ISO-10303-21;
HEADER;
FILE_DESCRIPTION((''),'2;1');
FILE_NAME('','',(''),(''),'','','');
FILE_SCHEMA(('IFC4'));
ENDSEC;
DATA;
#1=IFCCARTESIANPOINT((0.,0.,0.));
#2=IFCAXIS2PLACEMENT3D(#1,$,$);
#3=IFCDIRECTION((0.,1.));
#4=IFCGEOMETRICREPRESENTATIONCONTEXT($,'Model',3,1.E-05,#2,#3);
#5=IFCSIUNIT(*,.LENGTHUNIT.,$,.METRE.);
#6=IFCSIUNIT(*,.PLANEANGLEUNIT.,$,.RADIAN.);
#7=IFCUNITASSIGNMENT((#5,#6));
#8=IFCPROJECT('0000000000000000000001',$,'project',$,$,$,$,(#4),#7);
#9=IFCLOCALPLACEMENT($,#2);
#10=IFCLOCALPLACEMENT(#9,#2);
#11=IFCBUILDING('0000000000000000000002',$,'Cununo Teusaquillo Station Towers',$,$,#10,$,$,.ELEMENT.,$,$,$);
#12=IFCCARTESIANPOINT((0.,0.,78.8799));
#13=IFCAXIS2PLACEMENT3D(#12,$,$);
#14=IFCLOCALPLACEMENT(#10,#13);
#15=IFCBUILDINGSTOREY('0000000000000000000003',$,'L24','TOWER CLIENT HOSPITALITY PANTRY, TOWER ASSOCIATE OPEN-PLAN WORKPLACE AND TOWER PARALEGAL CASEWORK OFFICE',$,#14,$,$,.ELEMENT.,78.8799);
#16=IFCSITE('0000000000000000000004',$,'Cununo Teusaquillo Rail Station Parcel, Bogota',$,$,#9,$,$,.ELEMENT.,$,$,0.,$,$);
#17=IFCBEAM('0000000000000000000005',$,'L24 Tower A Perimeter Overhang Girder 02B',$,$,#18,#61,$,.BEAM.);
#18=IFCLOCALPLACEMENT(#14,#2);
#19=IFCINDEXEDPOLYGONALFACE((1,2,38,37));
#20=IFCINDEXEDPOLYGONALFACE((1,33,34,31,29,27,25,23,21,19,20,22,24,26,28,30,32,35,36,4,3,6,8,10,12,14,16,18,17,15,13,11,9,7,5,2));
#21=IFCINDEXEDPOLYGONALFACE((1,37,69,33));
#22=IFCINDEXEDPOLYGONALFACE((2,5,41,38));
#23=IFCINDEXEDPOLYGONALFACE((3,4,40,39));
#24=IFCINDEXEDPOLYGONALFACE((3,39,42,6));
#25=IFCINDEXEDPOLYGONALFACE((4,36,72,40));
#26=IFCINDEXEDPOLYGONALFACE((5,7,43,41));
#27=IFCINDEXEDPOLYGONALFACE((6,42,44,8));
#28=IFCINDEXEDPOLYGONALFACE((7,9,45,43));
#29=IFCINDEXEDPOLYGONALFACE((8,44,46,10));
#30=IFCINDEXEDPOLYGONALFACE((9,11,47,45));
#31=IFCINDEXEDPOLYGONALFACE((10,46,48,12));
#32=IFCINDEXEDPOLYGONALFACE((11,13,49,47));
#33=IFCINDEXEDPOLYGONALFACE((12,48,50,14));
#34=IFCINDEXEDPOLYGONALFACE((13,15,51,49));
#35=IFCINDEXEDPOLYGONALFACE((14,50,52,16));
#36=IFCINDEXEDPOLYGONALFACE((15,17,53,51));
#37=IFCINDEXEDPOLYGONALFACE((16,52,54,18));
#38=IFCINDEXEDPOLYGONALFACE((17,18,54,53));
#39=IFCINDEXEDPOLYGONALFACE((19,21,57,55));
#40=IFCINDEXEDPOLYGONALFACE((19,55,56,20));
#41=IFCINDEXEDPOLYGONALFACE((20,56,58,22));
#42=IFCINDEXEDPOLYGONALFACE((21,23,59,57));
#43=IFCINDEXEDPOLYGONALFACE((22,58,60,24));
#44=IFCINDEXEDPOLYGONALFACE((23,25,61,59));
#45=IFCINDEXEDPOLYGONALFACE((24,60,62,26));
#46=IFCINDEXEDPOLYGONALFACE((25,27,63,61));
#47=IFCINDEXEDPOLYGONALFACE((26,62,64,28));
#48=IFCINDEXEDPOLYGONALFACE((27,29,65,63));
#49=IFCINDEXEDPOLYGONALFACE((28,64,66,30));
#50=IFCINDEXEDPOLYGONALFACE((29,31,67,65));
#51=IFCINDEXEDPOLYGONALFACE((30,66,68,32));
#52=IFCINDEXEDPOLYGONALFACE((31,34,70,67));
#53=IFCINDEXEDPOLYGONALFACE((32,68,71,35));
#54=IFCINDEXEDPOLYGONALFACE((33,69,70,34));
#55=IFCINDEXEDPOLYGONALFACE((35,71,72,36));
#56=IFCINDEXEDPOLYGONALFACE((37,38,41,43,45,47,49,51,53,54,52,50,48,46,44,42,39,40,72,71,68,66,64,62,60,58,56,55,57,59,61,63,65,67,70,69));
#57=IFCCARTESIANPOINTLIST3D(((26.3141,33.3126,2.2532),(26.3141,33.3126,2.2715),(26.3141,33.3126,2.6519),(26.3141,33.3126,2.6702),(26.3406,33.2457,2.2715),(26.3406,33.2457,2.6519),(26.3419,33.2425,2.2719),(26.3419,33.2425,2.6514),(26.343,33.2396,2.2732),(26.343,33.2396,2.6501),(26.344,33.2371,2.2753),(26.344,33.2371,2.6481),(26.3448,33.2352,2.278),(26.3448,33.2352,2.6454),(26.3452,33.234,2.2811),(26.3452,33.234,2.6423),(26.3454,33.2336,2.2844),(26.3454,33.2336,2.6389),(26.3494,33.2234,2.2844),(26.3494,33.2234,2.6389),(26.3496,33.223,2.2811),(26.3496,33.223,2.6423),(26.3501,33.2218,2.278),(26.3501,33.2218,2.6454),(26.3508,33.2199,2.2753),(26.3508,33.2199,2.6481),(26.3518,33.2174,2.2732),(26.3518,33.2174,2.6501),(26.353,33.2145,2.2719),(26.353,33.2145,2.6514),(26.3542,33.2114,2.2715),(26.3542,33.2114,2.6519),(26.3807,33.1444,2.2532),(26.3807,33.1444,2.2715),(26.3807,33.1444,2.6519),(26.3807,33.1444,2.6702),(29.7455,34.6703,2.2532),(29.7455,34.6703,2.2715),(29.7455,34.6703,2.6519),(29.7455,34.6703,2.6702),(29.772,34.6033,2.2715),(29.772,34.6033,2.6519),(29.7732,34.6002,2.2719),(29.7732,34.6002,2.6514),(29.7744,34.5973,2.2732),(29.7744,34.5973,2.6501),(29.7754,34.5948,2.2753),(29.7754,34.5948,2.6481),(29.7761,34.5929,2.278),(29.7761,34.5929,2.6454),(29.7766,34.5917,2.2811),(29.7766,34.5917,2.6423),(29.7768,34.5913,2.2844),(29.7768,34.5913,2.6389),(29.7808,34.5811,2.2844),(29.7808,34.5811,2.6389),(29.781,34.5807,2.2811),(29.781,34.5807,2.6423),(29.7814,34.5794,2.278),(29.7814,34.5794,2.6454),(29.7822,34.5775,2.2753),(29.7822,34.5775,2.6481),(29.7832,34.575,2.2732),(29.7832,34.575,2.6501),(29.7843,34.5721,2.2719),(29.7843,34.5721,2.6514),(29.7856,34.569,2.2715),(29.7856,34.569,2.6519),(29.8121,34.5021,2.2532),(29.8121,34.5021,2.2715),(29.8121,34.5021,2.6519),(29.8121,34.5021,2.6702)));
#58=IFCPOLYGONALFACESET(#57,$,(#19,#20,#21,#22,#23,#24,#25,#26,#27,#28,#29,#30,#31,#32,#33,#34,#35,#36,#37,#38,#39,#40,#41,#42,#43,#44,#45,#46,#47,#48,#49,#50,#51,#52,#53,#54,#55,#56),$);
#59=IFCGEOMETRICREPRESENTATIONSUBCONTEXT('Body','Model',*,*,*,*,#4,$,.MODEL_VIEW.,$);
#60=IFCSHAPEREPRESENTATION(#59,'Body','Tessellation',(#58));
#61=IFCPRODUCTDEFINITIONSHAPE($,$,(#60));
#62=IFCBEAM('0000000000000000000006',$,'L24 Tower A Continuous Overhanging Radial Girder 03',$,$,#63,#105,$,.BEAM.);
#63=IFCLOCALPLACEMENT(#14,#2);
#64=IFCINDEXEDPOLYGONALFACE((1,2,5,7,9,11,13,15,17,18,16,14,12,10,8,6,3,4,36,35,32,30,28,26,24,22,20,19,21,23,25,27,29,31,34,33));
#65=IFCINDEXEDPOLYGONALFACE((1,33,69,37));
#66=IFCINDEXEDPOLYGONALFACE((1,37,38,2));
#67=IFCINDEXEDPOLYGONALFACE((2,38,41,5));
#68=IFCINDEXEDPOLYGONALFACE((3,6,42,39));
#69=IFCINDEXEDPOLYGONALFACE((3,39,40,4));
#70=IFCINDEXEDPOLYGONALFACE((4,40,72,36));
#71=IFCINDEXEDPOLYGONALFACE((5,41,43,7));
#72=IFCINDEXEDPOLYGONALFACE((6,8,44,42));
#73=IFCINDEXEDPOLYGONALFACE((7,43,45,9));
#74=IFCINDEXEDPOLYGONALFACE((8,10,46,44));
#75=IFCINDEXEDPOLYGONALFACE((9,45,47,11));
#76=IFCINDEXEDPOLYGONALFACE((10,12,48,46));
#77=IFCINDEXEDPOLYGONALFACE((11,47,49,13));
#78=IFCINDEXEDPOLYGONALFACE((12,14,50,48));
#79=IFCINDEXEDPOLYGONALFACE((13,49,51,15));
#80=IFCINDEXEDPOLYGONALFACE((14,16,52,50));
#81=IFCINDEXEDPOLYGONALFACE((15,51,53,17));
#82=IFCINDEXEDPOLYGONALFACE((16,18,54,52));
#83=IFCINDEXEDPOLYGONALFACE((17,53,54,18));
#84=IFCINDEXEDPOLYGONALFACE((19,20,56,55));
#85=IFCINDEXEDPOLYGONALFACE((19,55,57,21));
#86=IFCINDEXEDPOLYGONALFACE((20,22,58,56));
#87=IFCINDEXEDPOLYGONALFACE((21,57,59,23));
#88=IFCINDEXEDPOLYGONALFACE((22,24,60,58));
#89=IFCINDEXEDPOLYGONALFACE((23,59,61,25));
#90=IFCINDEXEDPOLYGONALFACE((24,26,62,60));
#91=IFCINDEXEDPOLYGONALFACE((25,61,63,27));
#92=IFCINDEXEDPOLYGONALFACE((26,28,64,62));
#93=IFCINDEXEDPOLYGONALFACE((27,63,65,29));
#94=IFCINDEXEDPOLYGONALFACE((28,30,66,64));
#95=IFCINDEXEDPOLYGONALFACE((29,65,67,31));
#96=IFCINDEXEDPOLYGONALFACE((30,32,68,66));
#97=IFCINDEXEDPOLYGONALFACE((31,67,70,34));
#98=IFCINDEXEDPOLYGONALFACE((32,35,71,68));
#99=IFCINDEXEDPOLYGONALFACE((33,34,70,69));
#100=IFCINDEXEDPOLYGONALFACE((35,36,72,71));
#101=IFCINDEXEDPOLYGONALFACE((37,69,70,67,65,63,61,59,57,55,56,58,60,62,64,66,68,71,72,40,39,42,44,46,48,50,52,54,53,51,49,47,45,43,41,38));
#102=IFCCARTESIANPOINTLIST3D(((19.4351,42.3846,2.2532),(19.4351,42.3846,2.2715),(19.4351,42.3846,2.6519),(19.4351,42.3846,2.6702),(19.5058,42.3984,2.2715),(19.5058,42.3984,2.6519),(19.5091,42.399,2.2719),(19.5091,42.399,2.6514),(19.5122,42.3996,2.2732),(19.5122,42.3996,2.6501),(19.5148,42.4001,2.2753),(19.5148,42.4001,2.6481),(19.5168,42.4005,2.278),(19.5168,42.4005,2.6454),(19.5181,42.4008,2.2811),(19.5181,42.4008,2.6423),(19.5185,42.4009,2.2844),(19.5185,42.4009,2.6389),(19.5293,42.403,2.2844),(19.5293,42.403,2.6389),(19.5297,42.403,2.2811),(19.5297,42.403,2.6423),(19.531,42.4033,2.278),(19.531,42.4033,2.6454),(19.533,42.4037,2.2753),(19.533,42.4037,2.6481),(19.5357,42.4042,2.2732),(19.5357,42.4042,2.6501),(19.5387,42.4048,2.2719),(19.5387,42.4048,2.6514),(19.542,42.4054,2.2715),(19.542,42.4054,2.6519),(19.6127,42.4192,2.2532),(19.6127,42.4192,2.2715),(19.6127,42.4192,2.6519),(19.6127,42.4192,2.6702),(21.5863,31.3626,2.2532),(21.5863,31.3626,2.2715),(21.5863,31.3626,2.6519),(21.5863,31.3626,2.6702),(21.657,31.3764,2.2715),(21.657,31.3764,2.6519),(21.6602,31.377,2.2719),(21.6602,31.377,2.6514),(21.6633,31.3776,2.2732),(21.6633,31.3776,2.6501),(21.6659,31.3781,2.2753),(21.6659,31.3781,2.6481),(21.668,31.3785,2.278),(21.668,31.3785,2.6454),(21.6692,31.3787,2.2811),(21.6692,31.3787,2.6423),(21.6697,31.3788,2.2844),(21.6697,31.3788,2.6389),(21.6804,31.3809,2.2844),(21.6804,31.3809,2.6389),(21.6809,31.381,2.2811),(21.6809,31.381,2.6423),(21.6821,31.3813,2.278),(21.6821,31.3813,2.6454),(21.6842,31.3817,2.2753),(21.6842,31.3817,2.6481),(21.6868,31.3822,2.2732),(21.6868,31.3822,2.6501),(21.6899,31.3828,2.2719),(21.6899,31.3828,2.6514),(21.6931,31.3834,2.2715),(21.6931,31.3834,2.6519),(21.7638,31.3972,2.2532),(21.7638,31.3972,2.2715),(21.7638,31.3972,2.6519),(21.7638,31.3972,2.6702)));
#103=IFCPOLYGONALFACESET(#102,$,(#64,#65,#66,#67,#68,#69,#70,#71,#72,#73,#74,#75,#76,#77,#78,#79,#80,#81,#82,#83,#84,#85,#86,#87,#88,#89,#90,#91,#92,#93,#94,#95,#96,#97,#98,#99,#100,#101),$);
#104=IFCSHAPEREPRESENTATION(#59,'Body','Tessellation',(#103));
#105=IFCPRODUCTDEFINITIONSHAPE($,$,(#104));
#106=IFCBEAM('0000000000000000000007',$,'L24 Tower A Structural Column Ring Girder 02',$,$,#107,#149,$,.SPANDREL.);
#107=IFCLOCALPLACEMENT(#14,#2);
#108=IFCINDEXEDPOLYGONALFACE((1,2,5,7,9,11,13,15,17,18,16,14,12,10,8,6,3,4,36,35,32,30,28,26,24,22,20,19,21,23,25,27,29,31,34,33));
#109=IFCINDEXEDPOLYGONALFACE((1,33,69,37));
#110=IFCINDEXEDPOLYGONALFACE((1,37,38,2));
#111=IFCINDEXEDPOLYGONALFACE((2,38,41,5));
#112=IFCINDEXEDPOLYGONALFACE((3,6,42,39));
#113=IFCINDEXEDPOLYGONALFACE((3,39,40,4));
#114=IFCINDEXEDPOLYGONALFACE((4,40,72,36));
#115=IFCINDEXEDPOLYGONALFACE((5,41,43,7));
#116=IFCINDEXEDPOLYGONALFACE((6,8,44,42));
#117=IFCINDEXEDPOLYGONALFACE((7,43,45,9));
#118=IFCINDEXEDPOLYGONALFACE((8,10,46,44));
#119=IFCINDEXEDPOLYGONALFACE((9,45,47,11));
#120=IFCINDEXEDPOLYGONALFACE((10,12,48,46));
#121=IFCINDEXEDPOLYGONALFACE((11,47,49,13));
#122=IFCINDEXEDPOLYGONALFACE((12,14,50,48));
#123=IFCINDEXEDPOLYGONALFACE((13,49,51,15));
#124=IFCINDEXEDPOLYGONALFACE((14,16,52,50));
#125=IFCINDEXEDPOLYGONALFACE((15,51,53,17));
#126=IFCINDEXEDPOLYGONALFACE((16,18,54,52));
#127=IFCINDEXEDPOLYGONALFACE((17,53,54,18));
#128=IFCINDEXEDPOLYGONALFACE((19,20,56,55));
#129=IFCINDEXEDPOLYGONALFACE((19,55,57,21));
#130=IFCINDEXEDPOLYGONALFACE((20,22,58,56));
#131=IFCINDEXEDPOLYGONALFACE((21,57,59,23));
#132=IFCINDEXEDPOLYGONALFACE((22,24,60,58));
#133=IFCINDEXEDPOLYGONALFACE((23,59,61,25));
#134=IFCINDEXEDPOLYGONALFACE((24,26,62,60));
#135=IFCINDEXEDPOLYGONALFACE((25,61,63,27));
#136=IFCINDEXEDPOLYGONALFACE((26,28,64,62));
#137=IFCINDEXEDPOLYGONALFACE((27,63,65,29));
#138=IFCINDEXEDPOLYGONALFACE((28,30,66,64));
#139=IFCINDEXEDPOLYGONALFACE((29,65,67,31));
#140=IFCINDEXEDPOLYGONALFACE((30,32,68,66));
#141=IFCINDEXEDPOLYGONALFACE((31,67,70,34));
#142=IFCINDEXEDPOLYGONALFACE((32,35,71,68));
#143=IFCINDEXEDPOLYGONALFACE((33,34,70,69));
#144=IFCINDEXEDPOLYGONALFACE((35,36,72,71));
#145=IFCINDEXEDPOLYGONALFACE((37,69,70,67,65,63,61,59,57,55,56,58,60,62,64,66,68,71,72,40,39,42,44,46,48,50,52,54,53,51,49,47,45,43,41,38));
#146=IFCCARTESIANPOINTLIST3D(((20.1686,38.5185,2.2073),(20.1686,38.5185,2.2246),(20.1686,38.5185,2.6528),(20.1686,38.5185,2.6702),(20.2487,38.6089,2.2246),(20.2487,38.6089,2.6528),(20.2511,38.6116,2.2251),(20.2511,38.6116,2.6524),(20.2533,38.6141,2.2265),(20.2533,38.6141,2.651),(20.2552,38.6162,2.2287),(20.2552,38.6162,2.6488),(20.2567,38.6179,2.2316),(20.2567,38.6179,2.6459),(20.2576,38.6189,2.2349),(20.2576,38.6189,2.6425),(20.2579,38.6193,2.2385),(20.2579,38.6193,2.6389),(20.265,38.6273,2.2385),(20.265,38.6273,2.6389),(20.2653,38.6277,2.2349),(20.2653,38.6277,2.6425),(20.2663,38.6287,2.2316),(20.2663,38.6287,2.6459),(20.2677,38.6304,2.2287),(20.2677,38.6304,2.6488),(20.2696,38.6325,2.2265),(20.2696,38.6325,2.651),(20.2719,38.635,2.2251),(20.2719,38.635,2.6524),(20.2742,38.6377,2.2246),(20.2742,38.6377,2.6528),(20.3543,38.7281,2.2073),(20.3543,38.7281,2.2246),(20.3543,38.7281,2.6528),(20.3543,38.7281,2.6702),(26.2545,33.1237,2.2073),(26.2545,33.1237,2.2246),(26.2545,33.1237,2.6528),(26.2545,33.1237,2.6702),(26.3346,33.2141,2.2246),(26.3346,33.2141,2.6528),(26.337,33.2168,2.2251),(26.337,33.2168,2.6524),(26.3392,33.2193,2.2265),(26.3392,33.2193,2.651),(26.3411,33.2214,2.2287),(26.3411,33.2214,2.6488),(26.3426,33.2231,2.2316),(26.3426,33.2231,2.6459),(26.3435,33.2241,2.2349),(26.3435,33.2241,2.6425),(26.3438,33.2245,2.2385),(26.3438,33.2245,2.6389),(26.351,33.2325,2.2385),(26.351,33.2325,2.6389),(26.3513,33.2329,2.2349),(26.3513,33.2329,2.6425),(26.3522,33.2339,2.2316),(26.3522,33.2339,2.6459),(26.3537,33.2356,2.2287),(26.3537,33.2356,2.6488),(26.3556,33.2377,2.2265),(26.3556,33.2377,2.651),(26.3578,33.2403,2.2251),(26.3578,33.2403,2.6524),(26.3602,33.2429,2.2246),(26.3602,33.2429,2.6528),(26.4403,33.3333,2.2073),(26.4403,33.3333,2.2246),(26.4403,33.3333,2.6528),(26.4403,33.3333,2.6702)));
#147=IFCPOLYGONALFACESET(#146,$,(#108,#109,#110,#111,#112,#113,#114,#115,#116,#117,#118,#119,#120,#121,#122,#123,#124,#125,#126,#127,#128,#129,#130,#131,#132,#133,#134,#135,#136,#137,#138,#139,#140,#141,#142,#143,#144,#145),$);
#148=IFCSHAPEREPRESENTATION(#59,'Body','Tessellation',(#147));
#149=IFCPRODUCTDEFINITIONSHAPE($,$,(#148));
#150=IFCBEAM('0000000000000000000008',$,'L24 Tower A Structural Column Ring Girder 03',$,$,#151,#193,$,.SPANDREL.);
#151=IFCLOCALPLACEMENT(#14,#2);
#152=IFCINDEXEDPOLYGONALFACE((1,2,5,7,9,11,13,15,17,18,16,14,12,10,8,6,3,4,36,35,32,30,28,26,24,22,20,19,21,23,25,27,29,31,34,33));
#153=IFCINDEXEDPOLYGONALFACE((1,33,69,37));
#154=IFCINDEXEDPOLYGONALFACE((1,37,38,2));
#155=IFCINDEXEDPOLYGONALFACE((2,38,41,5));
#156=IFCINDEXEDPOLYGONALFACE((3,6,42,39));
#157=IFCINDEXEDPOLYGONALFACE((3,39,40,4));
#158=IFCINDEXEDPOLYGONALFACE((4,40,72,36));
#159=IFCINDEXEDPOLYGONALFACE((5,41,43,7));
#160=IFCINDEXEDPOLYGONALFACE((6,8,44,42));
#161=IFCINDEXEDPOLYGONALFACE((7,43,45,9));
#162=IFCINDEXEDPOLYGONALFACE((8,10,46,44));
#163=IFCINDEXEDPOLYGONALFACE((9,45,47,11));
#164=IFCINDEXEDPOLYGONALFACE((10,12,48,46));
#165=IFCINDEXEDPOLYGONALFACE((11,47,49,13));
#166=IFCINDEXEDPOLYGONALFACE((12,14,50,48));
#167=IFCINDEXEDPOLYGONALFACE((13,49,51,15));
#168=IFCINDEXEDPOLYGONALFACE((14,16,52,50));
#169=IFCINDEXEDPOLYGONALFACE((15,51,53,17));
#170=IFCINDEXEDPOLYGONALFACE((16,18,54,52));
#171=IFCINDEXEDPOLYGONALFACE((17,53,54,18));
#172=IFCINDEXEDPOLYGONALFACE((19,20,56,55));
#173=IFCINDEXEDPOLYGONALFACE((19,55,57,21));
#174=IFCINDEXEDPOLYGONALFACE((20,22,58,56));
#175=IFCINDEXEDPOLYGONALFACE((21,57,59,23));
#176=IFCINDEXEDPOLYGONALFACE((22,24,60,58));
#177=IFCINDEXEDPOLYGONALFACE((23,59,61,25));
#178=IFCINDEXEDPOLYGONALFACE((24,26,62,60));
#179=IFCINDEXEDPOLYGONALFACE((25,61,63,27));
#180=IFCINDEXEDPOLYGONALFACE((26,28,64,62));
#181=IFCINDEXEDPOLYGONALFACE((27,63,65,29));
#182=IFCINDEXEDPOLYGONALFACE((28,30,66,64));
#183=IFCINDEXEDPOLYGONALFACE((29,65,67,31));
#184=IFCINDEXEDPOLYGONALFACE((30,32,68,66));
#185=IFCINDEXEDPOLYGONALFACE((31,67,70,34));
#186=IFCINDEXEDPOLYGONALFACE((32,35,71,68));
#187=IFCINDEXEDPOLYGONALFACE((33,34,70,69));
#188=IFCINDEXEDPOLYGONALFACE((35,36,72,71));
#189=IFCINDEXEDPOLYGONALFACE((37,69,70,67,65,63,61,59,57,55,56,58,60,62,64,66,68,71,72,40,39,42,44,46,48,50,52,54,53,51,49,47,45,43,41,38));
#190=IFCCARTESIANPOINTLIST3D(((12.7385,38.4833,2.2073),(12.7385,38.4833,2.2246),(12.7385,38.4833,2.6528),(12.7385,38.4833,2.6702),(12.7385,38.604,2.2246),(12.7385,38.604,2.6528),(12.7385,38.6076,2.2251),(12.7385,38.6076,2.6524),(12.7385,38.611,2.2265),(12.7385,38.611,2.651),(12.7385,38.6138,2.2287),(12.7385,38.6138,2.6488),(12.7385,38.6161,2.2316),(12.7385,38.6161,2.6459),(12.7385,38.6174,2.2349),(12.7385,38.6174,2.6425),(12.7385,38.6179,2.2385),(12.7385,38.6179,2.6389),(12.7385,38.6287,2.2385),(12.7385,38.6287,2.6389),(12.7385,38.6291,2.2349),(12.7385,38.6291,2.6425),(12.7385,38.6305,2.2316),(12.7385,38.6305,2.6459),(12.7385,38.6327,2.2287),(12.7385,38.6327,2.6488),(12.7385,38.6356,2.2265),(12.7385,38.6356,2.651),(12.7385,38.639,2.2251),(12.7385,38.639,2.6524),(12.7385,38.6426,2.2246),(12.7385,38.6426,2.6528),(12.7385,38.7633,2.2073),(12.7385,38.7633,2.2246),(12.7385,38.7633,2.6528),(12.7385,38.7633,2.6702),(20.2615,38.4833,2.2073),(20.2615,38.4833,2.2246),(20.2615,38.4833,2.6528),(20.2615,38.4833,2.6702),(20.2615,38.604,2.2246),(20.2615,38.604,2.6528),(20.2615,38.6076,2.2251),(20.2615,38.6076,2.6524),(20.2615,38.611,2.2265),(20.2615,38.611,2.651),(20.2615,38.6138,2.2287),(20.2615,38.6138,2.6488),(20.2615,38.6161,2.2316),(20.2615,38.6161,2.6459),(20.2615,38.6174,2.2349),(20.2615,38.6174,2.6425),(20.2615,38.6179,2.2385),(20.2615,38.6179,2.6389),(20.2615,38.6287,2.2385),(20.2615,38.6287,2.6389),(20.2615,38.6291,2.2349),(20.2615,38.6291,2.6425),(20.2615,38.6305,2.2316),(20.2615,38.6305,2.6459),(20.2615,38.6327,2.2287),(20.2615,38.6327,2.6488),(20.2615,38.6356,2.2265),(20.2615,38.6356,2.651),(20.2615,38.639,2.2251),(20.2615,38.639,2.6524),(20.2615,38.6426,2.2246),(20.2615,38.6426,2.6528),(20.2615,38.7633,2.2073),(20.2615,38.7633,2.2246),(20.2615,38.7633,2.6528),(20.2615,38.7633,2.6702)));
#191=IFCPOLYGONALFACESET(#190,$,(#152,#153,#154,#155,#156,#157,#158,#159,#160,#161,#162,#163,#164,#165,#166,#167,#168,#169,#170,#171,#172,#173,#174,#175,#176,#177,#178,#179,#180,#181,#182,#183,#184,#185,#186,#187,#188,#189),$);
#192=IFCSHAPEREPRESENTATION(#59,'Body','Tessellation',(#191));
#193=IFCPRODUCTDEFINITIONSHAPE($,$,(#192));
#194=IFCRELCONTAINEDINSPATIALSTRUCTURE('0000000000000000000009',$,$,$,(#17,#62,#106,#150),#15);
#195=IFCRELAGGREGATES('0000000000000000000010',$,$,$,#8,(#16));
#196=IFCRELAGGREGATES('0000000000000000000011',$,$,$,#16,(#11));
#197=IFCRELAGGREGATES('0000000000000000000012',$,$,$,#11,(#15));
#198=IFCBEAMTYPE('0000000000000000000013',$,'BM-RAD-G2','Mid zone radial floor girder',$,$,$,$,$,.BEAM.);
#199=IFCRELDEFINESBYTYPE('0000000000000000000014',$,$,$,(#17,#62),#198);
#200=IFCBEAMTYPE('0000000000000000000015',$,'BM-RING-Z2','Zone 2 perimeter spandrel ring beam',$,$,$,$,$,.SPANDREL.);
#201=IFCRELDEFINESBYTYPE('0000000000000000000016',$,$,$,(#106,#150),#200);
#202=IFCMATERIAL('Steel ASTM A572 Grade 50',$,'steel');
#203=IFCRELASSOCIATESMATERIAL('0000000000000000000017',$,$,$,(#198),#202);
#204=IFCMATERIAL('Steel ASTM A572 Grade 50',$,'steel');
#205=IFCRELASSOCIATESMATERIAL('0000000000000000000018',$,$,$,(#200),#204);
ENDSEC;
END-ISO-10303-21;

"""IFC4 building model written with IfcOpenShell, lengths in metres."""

from ifc_helpers import new_model, si_unit, direction, frame, origin, origin_2d, place, context, subcontext, project, spatial, i_section, extrude, material, material_profile, profile_set, type_object, element, save


model = new_model("IFC4")

# Units and contexts
model_context = context("Model", 3, precision=1e-05, world=origin(), true_north=direction((0.0, 1.0)))
body_context = subcontext(model_context, "Body", "Model", "MODEL_VIEW")
ifc_project = project(units=[si_unit("LENGTHUNIT", "METRE"), si_unit("PLANEANGLEUNIT", "RADIAN")], contexts=[model_context])

# Site, building, storey
site_placement = place(None, origin())
site = spatial("IfcSite", under=ifc_project, at=site_placement, Name="Cununo Teusaquillo Rail Station Parcel, Bogota", CompositionType="ELEMENT", RefElevation=0.0)
building_placement = place(site_placement, origin())
building = spatial("IfcBuilding", under=site, at=building_placement, Name="Cununo Teusaquillo Station Towers", CompositionType="ELEMENT")
storey_placement = place(building_placement, frame((0.0, 0.0, 78.8799)))
storey = spatial("IfcBuildingStorey", under=building, at=storey_placement, Name="L24", Description="TOWER CLIENT HOSPITALITY PANTRY, TOWER ASSOCIATE OPEN-PLAN WORKPLACE AND TOWER PARALEGAL CASEWORK OFFICE", CompositionType="ELEMENT", Elevation=78.8799)

# Beams
ifc_material_1 = material(Name="Steel ASTM A572 Grade 50", Category="steel")
ifc_material_profile_1 = material_profile(ifc_material_1, i_section(OverallWidth=0.1809, OverallDepth=0.417, WebThickness=0.011, FlangeThickness=0.0183, FilletRadius=0.0129, at=origin_2d()), Name="W16X57")
ifc_profile_set_1 = profile_set([ifc_material_profile_1], Name="Steel ASTM A572 Grade 50")
beam_type_1 = type_object("IfcBeamType", Name="BM-RAD-G2", Description="Mid zone radial floor girder", PredefinedType="BEAM", material=ifc_profile_set_1)
beam_1_placement = place(storey_placement, frame((26.3474, 33.2285, 2.4617), z_axis=(0.929862, 0.367909, 0.0), x_axis=(-0.367909, 0.929862, 0.0)))
element("IfcBeam", 1, at=beam_1_placement, inside=storey, type_object=beam_type_1, Name="L24 Tower A Perimeter Overhang Girder 02B", PredefinedType="BEAM", context=body_context, shape_type="SweptSolid", body=[
    extrude(i_section(OverallWidth=0.1809, OverallDepth=0.417, WebThickness=0.011, FlangeThickness=0.0183, FilletRadius=0.0129, at=origin_2d()), origin(), (0.0, 0.0, 1.0), 3.6902),
])
beam_2_placement = place(storey_placement, frame((21.675, 31.3799, 2.4617), z_axis=(-0.191553, 0.981482, 0.0), x_axis=(-0.981482, -0.191553, 0.0)))
element("IfcBeam", 2, at=beam_2_placement, inside=storey, type_object=beam_type_1, Name="L24 Tower A Continuous Overhanging Radial Girder 03", PredefinedType="BEAM", context=body_context, shape_type="SweptSolid", body=[
    extrude(i_section(OverallWidth=0.1809, OverallDepth=0.417, WebThickness=0.011, FlangeThickness=0.0183, FilletRadius=0.0129, at=origin_2d()), origin(), (0.0, 0.0, 1.0), 11.23),
])
ifc_material_2 = material(Name="Steel ASTM A572 Grade 50", Category="steel")
ifc_material_profile_2 = material_profile(ifc_material_2, i_section(OverallWidth=0.28, OverallDepth=0.4629, WebThickness=0.0107, FlangeThickness=0.0173, FilletRadius=0.0139, at=origin_2d()), Name="W18X76")
ifc_profile_set_2 = profile_set([ifc_material_profile_2], Name="Steel ASTM A572 Grade 50")
beam_type_2 = type_object("IfcBeamType", Name="BM-RING-Z2", Description="Zone 2 perimeter spandrel ring beam", PredefinedType="SPANDREL", material=ifc_profile_set_2)
beam_3_placement = place(storey_placement, frame((26.3474, 33.2285, 2.4387), z_axis=(-0.748321, 0.663337, 0.0), x_axis=(-0.663337, -0.748321, 0.0)))
element("IfcBeam", 3, at=beam_3_placement, inside=storey, type_object=beam_type_2, Name="L24 Tower A Structural Column Ring Girder 02", PredefinedType="SPANDREL", context=body_context, shape_type="SweptSolid", body=[
    extrude(i_section(OverallWidth=0.28, OverallDepth=0.4629, WebThickness=0.0107, FlangeThickness=0.0173, FilletRadius=0.0139, at=origin_2d()), origin(), (0.0, 0.0, 1.0), 8.1328),
])
beam_4_placement = place(storey_placement, frame((20.2615, 38.6233, 2.4387), z_axis=(-1.0, 0.0, 0.0), x_axis=(0.0, -1.0, 0.0)))
element("IfcBeam", 4, at=beam_4_placement, inside=storey, type_object=beam_type_2, Name="L24 Tower A Structural Column Ring Girder 03", PredefinedType="SPANDREL", context=body_context, shape_type="SweptSolid", body=[
    extrude(i_section(OverallWidth=0.28, OverallDepth=0.4629, WebThickness=0.0107, FlangeThickness=0.0173, FilletRadius=0.0139, at=origin_2d()), origin(), (0.0, 0.0, 1.0), 7.5229),
])

save(model, "model.ifc")
